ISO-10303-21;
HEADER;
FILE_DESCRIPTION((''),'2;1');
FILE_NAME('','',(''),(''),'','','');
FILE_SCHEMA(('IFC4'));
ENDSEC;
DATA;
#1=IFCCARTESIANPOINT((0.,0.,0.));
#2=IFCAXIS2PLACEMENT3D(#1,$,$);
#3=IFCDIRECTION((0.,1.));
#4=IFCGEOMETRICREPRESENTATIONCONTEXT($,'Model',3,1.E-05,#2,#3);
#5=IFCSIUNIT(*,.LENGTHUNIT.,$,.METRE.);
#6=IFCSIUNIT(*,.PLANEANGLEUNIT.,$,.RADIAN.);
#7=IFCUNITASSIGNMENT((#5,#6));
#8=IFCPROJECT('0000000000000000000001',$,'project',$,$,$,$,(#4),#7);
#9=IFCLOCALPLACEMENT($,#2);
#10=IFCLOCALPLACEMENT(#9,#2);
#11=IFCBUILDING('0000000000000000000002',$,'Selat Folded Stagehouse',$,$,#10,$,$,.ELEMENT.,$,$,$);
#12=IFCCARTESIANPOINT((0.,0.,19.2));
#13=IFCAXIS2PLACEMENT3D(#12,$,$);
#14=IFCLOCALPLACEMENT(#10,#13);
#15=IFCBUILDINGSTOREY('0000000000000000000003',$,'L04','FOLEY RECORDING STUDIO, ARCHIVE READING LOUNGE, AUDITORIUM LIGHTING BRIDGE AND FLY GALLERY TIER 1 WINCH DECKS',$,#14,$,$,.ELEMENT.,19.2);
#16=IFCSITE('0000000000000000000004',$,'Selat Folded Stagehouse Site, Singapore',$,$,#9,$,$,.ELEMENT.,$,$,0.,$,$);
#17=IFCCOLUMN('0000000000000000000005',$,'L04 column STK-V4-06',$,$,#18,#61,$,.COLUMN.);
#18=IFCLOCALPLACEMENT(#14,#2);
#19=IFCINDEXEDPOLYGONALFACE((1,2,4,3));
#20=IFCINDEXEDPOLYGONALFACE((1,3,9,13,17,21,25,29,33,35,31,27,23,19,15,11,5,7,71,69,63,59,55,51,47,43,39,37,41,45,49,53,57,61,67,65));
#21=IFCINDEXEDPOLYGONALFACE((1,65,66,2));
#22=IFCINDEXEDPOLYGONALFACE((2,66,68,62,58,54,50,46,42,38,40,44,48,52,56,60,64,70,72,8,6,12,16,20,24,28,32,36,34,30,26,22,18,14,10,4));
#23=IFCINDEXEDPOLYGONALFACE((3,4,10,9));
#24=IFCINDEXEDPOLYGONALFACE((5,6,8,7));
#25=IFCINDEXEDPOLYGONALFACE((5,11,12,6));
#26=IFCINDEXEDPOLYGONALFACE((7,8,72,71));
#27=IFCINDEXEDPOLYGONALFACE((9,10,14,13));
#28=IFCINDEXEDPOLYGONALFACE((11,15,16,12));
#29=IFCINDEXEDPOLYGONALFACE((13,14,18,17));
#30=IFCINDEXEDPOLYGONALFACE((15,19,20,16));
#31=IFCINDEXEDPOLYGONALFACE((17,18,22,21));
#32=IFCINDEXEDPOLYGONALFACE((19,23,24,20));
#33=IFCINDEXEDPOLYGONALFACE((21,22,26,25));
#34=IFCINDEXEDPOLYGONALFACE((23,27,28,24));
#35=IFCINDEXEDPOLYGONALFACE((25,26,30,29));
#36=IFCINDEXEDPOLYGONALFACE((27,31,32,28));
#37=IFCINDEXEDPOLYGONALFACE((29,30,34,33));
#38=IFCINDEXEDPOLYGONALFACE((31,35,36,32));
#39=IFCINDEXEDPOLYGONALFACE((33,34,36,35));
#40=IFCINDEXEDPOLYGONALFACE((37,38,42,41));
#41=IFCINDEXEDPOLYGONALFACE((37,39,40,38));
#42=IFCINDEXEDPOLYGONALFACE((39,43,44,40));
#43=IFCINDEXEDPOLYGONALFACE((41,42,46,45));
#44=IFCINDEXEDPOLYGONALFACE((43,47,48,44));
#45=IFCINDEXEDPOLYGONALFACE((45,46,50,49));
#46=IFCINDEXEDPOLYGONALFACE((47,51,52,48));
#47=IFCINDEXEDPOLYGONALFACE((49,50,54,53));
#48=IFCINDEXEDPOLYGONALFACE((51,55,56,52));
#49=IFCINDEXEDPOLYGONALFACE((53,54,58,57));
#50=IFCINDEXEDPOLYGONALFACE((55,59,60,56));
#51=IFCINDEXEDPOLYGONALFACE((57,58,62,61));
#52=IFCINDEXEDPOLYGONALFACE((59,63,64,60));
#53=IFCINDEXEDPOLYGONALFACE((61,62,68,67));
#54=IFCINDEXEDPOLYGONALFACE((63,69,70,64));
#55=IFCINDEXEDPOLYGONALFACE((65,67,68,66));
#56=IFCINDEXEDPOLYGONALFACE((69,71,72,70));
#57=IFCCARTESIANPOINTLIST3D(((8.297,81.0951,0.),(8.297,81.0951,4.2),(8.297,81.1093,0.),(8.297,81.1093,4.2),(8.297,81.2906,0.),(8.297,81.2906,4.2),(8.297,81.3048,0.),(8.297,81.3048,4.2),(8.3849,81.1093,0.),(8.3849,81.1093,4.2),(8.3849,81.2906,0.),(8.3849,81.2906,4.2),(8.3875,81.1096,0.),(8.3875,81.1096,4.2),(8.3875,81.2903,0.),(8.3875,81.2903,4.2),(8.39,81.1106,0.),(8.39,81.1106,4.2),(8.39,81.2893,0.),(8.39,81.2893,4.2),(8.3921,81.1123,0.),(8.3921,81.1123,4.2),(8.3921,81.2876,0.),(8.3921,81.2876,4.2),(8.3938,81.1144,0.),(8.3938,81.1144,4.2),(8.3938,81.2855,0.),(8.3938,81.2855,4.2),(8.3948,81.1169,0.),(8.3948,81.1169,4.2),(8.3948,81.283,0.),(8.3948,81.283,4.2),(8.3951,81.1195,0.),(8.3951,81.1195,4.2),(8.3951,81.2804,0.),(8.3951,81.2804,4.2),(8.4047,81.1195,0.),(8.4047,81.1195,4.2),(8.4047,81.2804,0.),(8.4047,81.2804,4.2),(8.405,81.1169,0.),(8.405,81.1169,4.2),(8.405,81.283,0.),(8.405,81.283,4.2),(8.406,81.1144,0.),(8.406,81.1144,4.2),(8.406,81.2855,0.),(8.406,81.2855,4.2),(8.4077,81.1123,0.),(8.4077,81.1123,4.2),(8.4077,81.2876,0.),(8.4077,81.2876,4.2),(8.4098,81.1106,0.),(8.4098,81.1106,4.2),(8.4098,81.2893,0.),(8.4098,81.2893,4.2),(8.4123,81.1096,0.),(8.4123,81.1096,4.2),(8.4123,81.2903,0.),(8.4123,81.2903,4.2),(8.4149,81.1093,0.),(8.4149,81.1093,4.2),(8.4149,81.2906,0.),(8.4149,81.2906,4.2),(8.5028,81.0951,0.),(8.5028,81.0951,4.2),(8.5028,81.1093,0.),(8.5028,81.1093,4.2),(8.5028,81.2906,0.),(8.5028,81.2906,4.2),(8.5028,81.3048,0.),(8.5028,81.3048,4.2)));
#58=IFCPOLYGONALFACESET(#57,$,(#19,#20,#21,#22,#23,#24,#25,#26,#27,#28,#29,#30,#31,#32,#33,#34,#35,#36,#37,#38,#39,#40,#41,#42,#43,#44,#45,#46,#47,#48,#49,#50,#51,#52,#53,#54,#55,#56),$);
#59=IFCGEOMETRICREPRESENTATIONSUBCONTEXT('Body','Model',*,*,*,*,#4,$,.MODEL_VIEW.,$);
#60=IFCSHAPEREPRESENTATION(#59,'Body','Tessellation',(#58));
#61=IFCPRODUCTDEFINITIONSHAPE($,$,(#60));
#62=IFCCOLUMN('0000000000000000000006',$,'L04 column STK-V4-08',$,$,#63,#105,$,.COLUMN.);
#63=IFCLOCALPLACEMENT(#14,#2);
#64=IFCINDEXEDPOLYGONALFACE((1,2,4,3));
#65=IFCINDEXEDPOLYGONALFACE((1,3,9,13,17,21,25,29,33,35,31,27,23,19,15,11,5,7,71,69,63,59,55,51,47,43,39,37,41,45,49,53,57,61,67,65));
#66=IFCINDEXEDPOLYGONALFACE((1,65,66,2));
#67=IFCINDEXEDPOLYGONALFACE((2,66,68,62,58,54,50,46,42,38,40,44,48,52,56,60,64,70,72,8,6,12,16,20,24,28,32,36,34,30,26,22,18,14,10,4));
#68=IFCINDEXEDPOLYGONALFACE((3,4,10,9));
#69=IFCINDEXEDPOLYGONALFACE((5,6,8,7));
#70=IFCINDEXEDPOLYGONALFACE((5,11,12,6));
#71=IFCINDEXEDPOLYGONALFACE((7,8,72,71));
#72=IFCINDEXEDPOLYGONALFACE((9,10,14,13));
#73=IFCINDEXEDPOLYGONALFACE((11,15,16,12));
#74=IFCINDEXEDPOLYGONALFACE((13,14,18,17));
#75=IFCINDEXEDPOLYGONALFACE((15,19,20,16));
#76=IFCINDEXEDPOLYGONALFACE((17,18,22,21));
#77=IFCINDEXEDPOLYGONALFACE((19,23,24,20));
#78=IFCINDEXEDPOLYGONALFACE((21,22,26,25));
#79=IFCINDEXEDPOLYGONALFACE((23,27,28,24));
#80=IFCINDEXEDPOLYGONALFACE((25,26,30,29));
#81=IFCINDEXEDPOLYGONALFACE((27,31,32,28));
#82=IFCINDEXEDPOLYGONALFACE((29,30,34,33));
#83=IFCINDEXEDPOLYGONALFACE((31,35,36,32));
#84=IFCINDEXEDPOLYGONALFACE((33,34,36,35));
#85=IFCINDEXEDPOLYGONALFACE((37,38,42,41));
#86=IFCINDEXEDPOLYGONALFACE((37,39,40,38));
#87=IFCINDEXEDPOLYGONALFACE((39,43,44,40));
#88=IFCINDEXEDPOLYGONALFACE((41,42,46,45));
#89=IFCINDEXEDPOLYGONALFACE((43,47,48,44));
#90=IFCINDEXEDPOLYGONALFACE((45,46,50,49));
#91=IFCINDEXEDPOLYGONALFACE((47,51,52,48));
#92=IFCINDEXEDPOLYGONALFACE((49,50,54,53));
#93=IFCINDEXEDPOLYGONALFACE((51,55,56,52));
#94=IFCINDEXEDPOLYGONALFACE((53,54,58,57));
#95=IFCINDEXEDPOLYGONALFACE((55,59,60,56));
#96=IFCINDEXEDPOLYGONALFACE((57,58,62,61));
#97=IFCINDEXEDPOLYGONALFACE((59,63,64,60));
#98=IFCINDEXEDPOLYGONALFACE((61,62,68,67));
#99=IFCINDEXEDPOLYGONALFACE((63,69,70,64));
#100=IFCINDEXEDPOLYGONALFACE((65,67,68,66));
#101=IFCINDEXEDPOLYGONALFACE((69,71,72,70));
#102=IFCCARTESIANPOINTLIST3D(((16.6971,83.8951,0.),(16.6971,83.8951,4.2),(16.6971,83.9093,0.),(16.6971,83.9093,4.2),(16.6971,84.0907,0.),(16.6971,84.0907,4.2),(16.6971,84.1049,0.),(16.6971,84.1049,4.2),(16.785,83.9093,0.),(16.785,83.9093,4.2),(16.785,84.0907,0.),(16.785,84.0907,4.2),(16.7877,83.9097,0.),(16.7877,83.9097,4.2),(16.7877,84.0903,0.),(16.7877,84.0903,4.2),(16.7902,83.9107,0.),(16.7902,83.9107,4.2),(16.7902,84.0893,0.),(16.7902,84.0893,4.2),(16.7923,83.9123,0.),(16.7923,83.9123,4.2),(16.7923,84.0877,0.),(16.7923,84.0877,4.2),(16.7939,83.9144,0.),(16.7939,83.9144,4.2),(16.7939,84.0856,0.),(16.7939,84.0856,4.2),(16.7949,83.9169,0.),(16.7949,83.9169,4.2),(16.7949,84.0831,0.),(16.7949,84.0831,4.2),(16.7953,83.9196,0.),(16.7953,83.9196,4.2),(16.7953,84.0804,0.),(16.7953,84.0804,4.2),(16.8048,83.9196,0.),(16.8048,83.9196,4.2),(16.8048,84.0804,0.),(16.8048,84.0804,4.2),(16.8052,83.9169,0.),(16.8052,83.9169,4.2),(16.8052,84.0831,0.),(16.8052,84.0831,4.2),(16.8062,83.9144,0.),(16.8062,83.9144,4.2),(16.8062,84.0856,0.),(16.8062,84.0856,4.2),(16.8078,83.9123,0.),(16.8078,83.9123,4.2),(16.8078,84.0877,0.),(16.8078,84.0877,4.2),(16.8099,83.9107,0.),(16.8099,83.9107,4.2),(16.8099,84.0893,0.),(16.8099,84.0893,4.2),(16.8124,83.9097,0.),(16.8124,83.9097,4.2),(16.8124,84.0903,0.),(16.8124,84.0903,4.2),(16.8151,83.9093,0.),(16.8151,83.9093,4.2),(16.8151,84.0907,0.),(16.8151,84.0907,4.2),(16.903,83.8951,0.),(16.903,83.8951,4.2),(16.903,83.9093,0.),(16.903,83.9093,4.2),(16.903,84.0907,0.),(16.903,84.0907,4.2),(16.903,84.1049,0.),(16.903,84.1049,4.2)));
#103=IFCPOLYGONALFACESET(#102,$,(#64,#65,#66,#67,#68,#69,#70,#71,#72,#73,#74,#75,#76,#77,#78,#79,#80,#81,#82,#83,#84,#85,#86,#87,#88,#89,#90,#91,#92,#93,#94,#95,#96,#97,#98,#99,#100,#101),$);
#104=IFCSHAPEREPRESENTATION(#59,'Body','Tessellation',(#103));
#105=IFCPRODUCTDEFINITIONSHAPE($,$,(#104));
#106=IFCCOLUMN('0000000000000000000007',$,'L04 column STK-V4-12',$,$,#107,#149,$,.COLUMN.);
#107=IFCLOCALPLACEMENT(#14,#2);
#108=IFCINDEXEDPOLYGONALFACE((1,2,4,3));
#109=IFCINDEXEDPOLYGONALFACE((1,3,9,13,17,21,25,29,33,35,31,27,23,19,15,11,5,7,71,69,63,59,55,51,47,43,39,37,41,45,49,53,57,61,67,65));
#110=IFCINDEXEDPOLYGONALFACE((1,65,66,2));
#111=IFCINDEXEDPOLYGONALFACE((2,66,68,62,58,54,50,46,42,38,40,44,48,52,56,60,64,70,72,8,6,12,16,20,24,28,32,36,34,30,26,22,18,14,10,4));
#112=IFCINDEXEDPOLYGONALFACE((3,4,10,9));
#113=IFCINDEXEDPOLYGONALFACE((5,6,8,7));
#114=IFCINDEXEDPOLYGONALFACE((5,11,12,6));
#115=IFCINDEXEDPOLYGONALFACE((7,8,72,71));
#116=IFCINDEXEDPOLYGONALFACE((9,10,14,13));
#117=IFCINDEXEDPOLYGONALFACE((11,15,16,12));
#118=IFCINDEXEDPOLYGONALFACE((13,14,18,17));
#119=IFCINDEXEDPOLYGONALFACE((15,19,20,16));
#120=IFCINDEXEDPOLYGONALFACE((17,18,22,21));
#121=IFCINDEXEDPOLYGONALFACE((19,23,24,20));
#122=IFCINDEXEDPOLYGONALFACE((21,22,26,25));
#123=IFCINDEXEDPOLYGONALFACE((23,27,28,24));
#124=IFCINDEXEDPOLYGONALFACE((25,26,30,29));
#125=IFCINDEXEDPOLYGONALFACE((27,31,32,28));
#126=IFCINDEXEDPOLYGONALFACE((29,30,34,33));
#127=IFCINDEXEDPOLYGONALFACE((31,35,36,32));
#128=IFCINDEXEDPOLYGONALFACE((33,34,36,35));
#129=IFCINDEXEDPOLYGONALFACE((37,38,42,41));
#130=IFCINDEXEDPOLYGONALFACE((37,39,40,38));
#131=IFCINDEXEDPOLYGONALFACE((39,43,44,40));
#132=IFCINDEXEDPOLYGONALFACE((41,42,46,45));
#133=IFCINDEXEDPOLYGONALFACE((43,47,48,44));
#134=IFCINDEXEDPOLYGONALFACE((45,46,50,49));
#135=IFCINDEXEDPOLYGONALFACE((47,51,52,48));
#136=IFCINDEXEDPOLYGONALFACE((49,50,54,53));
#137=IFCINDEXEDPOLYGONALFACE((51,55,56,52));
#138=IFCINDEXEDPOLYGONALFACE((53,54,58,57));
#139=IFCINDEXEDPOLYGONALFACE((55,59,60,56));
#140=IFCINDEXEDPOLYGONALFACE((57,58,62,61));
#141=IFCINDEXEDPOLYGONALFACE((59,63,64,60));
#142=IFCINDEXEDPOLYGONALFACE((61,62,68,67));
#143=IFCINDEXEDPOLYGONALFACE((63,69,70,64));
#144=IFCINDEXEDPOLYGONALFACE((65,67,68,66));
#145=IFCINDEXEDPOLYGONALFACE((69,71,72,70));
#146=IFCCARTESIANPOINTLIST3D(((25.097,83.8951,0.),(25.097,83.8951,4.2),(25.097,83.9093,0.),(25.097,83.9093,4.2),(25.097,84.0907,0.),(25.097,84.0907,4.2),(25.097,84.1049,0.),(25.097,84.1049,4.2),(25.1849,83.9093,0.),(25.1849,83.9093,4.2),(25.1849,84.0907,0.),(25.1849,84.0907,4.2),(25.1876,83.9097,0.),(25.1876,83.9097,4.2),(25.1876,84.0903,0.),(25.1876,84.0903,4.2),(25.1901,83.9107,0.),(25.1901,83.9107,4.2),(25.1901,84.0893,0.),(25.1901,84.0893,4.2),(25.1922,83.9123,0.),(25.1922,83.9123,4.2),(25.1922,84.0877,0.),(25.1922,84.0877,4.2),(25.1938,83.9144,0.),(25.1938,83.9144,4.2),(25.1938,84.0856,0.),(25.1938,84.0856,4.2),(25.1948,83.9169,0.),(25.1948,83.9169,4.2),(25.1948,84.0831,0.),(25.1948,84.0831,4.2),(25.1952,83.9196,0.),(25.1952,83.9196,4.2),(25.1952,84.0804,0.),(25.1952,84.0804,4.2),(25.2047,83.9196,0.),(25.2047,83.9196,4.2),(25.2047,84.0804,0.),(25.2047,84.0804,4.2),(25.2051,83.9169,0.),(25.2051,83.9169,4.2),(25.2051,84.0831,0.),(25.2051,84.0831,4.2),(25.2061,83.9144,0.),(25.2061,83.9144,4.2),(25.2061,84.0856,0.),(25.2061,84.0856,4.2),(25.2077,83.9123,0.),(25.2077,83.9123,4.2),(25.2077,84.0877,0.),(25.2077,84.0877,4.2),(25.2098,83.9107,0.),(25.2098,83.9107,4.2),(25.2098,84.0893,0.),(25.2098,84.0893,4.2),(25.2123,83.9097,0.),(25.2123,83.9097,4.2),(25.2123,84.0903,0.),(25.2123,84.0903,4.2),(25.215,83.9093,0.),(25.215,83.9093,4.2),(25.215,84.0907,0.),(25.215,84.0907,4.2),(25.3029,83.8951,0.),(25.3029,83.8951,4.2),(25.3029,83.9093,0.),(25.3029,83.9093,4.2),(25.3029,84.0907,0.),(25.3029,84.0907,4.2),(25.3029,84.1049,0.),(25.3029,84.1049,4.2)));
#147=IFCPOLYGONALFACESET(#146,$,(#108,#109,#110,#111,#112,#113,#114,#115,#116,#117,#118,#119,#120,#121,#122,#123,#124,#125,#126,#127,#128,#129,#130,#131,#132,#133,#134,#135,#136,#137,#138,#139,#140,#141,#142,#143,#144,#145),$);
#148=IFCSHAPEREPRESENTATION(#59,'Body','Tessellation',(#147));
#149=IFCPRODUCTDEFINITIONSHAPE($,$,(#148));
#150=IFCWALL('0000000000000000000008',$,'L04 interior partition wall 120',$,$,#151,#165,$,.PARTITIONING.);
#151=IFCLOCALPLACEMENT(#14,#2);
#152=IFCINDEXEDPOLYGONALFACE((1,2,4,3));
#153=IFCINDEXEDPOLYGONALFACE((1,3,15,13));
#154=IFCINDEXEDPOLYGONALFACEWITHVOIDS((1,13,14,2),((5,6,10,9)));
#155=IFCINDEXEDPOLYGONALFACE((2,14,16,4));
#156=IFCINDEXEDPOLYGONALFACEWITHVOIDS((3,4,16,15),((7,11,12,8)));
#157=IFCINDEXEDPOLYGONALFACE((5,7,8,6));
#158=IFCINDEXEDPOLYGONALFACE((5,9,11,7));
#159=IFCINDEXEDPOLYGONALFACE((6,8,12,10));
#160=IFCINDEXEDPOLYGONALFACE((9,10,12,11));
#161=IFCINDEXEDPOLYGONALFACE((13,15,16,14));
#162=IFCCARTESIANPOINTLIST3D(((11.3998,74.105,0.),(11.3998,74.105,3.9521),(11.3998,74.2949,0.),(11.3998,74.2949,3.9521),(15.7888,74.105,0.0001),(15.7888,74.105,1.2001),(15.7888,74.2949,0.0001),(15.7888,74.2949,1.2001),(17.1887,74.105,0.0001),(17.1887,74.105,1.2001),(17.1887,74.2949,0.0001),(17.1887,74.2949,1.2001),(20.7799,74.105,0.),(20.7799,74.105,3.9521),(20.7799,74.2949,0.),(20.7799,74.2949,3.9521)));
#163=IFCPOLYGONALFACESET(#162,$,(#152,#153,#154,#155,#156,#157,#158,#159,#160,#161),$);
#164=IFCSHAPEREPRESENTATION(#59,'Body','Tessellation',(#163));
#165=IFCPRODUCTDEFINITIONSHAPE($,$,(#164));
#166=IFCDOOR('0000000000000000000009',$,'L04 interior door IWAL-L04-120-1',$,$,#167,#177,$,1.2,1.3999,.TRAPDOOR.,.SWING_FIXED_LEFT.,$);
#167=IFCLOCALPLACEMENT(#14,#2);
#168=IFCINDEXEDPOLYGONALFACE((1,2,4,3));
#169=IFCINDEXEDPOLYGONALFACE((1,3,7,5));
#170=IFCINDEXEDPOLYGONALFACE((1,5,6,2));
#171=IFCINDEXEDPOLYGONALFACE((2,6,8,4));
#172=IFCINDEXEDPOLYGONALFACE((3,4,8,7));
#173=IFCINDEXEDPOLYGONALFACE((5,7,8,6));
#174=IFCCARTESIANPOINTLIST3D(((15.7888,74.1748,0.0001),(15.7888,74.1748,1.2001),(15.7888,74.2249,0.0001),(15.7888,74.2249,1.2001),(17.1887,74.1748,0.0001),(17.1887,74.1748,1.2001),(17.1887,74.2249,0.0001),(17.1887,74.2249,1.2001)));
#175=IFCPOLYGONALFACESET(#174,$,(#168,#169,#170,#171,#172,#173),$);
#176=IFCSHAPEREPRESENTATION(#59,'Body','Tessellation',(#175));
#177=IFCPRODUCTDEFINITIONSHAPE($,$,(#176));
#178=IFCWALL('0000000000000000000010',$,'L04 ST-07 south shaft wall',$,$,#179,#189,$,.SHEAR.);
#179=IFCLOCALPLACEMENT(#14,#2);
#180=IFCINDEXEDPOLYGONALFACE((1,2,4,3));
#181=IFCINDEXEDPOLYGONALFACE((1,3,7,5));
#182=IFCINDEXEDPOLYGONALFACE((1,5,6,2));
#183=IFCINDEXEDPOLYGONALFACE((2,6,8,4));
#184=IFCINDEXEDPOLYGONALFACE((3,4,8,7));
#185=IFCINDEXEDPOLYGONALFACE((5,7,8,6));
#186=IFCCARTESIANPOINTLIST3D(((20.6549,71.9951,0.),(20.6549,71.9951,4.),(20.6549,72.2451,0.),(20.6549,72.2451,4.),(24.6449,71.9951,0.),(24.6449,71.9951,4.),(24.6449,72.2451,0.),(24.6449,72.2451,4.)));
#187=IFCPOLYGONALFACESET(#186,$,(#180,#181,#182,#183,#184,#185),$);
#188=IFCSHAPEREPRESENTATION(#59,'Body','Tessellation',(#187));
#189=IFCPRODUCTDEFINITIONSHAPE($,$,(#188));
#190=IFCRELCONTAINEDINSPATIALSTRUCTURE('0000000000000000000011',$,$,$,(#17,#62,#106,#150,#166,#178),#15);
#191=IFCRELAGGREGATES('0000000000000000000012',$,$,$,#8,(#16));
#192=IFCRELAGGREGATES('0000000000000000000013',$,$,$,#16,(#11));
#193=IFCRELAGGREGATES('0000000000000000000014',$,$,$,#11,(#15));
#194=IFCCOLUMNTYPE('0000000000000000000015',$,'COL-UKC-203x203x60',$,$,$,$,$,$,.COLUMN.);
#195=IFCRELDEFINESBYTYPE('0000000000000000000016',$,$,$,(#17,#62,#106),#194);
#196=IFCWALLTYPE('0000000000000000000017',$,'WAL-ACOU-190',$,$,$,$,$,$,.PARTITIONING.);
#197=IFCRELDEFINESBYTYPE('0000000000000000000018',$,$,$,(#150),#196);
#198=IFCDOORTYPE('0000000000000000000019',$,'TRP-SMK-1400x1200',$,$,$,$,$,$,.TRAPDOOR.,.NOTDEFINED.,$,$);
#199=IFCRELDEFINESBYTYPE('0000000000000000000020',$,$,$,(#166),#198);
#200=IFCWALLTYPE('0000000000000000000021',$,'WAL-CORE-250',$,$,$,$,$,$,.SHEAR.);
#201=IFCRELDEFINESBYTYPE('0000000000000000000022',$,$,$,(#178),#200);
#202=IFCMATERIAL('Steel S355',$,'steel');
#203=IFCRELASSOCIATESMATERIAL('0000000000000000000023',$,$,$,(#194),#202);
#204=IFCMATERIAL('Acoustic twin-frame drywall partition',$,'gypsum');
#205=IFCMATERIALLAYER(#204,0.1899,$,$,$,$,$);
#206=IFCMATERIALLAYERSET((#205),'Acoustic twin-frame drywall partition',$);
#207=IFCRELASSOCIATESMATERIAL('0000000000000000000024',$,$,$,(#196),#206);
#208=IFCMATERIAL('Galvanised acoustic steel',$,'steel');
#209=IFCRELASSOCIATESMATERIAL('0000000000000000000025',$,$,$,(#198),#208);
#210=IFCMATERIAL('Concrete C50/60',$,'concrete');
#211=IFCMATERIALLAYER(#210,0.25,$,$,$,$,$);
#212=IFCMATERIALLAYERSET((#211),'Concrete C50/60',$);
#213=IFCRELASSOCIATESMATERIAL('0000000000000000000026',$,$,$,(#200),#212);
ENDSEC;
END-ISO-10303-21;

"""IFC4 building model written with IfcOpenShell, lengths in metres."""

from ifc_helpers import new_model, si_unit, direction, frame, frame_2d, origin, origin_2d, place, context, subcontext, project, spatial, rectangle, i_section, extrude, material, layer, layer_set, material_profile, profile_set, type_object, element, fill, save


model = new_model("IFC4")

# Units and contexts
model_context = context("Model", 3, precision=1e-05, world=origin(), true_north=direction((0.0, 1.0)))
body_context = subcontext(model_context, "Body", "Model", "MODEL_VIEW")
ifc_project = project(units=[si_unit("LENGTHUNIT", "METRE"), si_unit("PLANEANGLEUNIT", "RADIAN")], contexts=[model_context])

# Site, building, storey
site_placement = place(None, origin())
site = spatial("IfcSite", under=ifc_project, at=site_placement, Name="Selat Folded Stagehouse Site, Singapore", CompositionType="ELEMENT", RefElevation=0.0)
building_placement = place(site_placement, origin())
building = spatial("IfcBuilding", under=site, at=building_placement, Name="Selat Folded Stagehouse", CompositionType="ELEMENT")
storey_placement = place(building_placement, frame((0.0, 0.0, 19.2)))
storey = spatial("IfcBuildingStorey", under=building, at=storey_placement, Name="L04", Description="FOLEY RECORDING STUDIO, ARCHIVE READING LOUNGE, AUDITORIUM LIGHTING BRIDGE AND FLY GALLERY TIER 1 WINCH DECKS", CompositionType="ELEMENT", Elevation=19.2)

# Columns
ifc_material_1 = material(Name="Steel S355", Category="steel")
ifc_material_profile = material_profile(ifc_material_1, i_section(OverallWidth=0.2058, OverallDepth=0.2097, WebThickness=0.0095, FlangeThickness=0.0142, FilletRadius=0.0103, at=origin_2d()), Name="UKC 203x203x60")
ifc_profile_set = profile_set([ifc_material_profile], Name="Steel S355")
column_type = type_object("IfcColumnType", Name="COL-UKC-203x203x60", PredefinedType="COLUMN", material=ifc_profile_set)
for number, where, z_axis, x_axis, name in (
    (1, (8.3999, 81.2, 0.0), (0.0, 0.0, 1.0), (1.0, 0.0, 0.0), "L04 column STK-V4-06"),
    (2, (16.8, 84.0, 0.0), (0.0, 0.0, 1.0), (1.0, 0.0, 0.0), "L04 column STK-V4-08"),
    (3, (25.2, 84.0, 0.0), (0.0, 0.0, 1.0), (1.0, 0.0, 0.0), "L04 column STK-V4-12"),
):
    element("IfcColumn", number, at=place(storey_placement, frame(where, z_axis=z_axis, x_axis=x_axis)), inside=storey, type_object=column_type, Name=name, PredefinedType="COLUMN", context=body_context, shape_type="SweptSolid", body=[
        extrude(i_section(OverallWidth=0.2058, OverallDepth=0.2097, WebThickness=0.0095, FlangeThickness=0.0142, FilletRadius=0.0103, at=origin_2d()), origin(), (0.0, 0.0, 1.0), 4.2),
    ])

# Wall, opening, door
ifc_material_2 = material(Name="Acoustic twin-frame drywall partition", Category="gypsum")
ifc_layer_1 = layer(ifc_material_2, 0.1899)
ifc_layer_set_1 = layer_set([ifc_layer_1], Name="Acoustic twin-frame drywall partition")
wall_type_1 = type_object("IfcWallType", Name="WAL-ACOU-190", PredefinedType="PARTITIONING", material=ifc_layer_set_1)
wall_1_placement = place(storey_placement, frame((11.3999, 74.2, 0.0), z_axis=(0.0, 0.0, 1.0), x_axis=(1.0, 0.0, 0.0)))
wall_1 = element("IfcWall", 4, at=wall_1_placement, inside=storey, type_object=wall_type_1, Name="L04 interior partition wall 120", PredefinedType="PARTITIONING", context=body_context, shape_type="SweptSolid", body=[
    extrude(rectangle(XDim=9.3801, YDim=0.1899, at=frame_2d((4.6899, 0.0))), origin(), (0.0, 0.0, 1.0), 3.9521),
])
opening_1_placement = place(wall_1_placement, frame((4.3889, 0.0, 0.0)))
opening_1 = element("IfcOpeningElement", 5, at=opening_1_placement, cuts=wall_1, PredefinedType="OPENING", context=body_context, shape_type="SweptSolid", body=[
    extrude(rectangle(XDim=1.3999, YDim=1.2, at=frame_2d((0.7, 0.6001))), frame((0.0, 0.105, 0.0), z_axis=(0.0, -1.0, 0.0), x_axis=(1.0, 0.0, 0.0)), (0.0, 0.0, 1.0), 0.21),
])
ifc_material_3 = material(Name="Galvanised acoustic steel", Category="steel")
door_type_1 = type_object("IfcDoorType", Name="TRP-SMK-1400x1200", OperationType="NOTDEFINED", PredefinedType="TRAPDOOR", material=ifc_material_3)
door_1_placement = place(opening_1_placement, origin())
door_1 = element("IfcDoor", 6, at=door_1_placement, inside=storey, type_object=door_type_1, Name="L04 interior door IWAL-L04-120-1", OperationType="SWING_FIXED_LEFT", OverallHeight=1.2, OverallWidth=1.3999, PredefinedType="TRAPDOOR", context=body_context, shape_type="SweptSolid", body=[
    extrude(rectangle(XDim=1.3999, YDim=1.2, at=frame_2d((0.7, 0.6001))), frame((0.0, 0.0249, 0.0), z_axis=(0.0, -1.0, 0.0), x_axis=(1.0, 0.0, 0.0)), (0.0, 0.0, 1.0), 0.05),
])
fill(opening_1, door_1)

# Wall
ifc_material_4 = material(Name="Concrete C50/60", Category="concrete")
ifc_layer_2 = layer(ifc_material_4, 0.25)
ifc_layer_set_2 = layer_set([ifc_layer_2], Name="Concrete C50/60")
wall_type_2 = type_object("IfcWallType", Name="WAL-CORE-250", PredefinedType="SHEAR", material=ifc_layer_set_2)
for number, where, z_axis, x_axis, name in (
    (7, (24.645, 72.1201, 0.0), (0.0, 0.0, 1.0), (-1.0, 0.0, 0.0), "L04 ST-07 south shaft wall"),
):
    element("IfcWall", number, at=place(storey_placement, frame(where, z_axis=z_axis, x_axis=x_axis)), inside=storey, type_object=wall_type_2, Name=name, PredefinedType="SHEAR", context=body_context, shape_type="SweptSolid", body=[
        extrude(rectangle(XDim=3.99, YDim=0.25, at=frame_2d((1.9951, 0.0))), origin(), (0.0, 0.0, 1.0), 4.0),
    ])

save(model, "model.ifc")
